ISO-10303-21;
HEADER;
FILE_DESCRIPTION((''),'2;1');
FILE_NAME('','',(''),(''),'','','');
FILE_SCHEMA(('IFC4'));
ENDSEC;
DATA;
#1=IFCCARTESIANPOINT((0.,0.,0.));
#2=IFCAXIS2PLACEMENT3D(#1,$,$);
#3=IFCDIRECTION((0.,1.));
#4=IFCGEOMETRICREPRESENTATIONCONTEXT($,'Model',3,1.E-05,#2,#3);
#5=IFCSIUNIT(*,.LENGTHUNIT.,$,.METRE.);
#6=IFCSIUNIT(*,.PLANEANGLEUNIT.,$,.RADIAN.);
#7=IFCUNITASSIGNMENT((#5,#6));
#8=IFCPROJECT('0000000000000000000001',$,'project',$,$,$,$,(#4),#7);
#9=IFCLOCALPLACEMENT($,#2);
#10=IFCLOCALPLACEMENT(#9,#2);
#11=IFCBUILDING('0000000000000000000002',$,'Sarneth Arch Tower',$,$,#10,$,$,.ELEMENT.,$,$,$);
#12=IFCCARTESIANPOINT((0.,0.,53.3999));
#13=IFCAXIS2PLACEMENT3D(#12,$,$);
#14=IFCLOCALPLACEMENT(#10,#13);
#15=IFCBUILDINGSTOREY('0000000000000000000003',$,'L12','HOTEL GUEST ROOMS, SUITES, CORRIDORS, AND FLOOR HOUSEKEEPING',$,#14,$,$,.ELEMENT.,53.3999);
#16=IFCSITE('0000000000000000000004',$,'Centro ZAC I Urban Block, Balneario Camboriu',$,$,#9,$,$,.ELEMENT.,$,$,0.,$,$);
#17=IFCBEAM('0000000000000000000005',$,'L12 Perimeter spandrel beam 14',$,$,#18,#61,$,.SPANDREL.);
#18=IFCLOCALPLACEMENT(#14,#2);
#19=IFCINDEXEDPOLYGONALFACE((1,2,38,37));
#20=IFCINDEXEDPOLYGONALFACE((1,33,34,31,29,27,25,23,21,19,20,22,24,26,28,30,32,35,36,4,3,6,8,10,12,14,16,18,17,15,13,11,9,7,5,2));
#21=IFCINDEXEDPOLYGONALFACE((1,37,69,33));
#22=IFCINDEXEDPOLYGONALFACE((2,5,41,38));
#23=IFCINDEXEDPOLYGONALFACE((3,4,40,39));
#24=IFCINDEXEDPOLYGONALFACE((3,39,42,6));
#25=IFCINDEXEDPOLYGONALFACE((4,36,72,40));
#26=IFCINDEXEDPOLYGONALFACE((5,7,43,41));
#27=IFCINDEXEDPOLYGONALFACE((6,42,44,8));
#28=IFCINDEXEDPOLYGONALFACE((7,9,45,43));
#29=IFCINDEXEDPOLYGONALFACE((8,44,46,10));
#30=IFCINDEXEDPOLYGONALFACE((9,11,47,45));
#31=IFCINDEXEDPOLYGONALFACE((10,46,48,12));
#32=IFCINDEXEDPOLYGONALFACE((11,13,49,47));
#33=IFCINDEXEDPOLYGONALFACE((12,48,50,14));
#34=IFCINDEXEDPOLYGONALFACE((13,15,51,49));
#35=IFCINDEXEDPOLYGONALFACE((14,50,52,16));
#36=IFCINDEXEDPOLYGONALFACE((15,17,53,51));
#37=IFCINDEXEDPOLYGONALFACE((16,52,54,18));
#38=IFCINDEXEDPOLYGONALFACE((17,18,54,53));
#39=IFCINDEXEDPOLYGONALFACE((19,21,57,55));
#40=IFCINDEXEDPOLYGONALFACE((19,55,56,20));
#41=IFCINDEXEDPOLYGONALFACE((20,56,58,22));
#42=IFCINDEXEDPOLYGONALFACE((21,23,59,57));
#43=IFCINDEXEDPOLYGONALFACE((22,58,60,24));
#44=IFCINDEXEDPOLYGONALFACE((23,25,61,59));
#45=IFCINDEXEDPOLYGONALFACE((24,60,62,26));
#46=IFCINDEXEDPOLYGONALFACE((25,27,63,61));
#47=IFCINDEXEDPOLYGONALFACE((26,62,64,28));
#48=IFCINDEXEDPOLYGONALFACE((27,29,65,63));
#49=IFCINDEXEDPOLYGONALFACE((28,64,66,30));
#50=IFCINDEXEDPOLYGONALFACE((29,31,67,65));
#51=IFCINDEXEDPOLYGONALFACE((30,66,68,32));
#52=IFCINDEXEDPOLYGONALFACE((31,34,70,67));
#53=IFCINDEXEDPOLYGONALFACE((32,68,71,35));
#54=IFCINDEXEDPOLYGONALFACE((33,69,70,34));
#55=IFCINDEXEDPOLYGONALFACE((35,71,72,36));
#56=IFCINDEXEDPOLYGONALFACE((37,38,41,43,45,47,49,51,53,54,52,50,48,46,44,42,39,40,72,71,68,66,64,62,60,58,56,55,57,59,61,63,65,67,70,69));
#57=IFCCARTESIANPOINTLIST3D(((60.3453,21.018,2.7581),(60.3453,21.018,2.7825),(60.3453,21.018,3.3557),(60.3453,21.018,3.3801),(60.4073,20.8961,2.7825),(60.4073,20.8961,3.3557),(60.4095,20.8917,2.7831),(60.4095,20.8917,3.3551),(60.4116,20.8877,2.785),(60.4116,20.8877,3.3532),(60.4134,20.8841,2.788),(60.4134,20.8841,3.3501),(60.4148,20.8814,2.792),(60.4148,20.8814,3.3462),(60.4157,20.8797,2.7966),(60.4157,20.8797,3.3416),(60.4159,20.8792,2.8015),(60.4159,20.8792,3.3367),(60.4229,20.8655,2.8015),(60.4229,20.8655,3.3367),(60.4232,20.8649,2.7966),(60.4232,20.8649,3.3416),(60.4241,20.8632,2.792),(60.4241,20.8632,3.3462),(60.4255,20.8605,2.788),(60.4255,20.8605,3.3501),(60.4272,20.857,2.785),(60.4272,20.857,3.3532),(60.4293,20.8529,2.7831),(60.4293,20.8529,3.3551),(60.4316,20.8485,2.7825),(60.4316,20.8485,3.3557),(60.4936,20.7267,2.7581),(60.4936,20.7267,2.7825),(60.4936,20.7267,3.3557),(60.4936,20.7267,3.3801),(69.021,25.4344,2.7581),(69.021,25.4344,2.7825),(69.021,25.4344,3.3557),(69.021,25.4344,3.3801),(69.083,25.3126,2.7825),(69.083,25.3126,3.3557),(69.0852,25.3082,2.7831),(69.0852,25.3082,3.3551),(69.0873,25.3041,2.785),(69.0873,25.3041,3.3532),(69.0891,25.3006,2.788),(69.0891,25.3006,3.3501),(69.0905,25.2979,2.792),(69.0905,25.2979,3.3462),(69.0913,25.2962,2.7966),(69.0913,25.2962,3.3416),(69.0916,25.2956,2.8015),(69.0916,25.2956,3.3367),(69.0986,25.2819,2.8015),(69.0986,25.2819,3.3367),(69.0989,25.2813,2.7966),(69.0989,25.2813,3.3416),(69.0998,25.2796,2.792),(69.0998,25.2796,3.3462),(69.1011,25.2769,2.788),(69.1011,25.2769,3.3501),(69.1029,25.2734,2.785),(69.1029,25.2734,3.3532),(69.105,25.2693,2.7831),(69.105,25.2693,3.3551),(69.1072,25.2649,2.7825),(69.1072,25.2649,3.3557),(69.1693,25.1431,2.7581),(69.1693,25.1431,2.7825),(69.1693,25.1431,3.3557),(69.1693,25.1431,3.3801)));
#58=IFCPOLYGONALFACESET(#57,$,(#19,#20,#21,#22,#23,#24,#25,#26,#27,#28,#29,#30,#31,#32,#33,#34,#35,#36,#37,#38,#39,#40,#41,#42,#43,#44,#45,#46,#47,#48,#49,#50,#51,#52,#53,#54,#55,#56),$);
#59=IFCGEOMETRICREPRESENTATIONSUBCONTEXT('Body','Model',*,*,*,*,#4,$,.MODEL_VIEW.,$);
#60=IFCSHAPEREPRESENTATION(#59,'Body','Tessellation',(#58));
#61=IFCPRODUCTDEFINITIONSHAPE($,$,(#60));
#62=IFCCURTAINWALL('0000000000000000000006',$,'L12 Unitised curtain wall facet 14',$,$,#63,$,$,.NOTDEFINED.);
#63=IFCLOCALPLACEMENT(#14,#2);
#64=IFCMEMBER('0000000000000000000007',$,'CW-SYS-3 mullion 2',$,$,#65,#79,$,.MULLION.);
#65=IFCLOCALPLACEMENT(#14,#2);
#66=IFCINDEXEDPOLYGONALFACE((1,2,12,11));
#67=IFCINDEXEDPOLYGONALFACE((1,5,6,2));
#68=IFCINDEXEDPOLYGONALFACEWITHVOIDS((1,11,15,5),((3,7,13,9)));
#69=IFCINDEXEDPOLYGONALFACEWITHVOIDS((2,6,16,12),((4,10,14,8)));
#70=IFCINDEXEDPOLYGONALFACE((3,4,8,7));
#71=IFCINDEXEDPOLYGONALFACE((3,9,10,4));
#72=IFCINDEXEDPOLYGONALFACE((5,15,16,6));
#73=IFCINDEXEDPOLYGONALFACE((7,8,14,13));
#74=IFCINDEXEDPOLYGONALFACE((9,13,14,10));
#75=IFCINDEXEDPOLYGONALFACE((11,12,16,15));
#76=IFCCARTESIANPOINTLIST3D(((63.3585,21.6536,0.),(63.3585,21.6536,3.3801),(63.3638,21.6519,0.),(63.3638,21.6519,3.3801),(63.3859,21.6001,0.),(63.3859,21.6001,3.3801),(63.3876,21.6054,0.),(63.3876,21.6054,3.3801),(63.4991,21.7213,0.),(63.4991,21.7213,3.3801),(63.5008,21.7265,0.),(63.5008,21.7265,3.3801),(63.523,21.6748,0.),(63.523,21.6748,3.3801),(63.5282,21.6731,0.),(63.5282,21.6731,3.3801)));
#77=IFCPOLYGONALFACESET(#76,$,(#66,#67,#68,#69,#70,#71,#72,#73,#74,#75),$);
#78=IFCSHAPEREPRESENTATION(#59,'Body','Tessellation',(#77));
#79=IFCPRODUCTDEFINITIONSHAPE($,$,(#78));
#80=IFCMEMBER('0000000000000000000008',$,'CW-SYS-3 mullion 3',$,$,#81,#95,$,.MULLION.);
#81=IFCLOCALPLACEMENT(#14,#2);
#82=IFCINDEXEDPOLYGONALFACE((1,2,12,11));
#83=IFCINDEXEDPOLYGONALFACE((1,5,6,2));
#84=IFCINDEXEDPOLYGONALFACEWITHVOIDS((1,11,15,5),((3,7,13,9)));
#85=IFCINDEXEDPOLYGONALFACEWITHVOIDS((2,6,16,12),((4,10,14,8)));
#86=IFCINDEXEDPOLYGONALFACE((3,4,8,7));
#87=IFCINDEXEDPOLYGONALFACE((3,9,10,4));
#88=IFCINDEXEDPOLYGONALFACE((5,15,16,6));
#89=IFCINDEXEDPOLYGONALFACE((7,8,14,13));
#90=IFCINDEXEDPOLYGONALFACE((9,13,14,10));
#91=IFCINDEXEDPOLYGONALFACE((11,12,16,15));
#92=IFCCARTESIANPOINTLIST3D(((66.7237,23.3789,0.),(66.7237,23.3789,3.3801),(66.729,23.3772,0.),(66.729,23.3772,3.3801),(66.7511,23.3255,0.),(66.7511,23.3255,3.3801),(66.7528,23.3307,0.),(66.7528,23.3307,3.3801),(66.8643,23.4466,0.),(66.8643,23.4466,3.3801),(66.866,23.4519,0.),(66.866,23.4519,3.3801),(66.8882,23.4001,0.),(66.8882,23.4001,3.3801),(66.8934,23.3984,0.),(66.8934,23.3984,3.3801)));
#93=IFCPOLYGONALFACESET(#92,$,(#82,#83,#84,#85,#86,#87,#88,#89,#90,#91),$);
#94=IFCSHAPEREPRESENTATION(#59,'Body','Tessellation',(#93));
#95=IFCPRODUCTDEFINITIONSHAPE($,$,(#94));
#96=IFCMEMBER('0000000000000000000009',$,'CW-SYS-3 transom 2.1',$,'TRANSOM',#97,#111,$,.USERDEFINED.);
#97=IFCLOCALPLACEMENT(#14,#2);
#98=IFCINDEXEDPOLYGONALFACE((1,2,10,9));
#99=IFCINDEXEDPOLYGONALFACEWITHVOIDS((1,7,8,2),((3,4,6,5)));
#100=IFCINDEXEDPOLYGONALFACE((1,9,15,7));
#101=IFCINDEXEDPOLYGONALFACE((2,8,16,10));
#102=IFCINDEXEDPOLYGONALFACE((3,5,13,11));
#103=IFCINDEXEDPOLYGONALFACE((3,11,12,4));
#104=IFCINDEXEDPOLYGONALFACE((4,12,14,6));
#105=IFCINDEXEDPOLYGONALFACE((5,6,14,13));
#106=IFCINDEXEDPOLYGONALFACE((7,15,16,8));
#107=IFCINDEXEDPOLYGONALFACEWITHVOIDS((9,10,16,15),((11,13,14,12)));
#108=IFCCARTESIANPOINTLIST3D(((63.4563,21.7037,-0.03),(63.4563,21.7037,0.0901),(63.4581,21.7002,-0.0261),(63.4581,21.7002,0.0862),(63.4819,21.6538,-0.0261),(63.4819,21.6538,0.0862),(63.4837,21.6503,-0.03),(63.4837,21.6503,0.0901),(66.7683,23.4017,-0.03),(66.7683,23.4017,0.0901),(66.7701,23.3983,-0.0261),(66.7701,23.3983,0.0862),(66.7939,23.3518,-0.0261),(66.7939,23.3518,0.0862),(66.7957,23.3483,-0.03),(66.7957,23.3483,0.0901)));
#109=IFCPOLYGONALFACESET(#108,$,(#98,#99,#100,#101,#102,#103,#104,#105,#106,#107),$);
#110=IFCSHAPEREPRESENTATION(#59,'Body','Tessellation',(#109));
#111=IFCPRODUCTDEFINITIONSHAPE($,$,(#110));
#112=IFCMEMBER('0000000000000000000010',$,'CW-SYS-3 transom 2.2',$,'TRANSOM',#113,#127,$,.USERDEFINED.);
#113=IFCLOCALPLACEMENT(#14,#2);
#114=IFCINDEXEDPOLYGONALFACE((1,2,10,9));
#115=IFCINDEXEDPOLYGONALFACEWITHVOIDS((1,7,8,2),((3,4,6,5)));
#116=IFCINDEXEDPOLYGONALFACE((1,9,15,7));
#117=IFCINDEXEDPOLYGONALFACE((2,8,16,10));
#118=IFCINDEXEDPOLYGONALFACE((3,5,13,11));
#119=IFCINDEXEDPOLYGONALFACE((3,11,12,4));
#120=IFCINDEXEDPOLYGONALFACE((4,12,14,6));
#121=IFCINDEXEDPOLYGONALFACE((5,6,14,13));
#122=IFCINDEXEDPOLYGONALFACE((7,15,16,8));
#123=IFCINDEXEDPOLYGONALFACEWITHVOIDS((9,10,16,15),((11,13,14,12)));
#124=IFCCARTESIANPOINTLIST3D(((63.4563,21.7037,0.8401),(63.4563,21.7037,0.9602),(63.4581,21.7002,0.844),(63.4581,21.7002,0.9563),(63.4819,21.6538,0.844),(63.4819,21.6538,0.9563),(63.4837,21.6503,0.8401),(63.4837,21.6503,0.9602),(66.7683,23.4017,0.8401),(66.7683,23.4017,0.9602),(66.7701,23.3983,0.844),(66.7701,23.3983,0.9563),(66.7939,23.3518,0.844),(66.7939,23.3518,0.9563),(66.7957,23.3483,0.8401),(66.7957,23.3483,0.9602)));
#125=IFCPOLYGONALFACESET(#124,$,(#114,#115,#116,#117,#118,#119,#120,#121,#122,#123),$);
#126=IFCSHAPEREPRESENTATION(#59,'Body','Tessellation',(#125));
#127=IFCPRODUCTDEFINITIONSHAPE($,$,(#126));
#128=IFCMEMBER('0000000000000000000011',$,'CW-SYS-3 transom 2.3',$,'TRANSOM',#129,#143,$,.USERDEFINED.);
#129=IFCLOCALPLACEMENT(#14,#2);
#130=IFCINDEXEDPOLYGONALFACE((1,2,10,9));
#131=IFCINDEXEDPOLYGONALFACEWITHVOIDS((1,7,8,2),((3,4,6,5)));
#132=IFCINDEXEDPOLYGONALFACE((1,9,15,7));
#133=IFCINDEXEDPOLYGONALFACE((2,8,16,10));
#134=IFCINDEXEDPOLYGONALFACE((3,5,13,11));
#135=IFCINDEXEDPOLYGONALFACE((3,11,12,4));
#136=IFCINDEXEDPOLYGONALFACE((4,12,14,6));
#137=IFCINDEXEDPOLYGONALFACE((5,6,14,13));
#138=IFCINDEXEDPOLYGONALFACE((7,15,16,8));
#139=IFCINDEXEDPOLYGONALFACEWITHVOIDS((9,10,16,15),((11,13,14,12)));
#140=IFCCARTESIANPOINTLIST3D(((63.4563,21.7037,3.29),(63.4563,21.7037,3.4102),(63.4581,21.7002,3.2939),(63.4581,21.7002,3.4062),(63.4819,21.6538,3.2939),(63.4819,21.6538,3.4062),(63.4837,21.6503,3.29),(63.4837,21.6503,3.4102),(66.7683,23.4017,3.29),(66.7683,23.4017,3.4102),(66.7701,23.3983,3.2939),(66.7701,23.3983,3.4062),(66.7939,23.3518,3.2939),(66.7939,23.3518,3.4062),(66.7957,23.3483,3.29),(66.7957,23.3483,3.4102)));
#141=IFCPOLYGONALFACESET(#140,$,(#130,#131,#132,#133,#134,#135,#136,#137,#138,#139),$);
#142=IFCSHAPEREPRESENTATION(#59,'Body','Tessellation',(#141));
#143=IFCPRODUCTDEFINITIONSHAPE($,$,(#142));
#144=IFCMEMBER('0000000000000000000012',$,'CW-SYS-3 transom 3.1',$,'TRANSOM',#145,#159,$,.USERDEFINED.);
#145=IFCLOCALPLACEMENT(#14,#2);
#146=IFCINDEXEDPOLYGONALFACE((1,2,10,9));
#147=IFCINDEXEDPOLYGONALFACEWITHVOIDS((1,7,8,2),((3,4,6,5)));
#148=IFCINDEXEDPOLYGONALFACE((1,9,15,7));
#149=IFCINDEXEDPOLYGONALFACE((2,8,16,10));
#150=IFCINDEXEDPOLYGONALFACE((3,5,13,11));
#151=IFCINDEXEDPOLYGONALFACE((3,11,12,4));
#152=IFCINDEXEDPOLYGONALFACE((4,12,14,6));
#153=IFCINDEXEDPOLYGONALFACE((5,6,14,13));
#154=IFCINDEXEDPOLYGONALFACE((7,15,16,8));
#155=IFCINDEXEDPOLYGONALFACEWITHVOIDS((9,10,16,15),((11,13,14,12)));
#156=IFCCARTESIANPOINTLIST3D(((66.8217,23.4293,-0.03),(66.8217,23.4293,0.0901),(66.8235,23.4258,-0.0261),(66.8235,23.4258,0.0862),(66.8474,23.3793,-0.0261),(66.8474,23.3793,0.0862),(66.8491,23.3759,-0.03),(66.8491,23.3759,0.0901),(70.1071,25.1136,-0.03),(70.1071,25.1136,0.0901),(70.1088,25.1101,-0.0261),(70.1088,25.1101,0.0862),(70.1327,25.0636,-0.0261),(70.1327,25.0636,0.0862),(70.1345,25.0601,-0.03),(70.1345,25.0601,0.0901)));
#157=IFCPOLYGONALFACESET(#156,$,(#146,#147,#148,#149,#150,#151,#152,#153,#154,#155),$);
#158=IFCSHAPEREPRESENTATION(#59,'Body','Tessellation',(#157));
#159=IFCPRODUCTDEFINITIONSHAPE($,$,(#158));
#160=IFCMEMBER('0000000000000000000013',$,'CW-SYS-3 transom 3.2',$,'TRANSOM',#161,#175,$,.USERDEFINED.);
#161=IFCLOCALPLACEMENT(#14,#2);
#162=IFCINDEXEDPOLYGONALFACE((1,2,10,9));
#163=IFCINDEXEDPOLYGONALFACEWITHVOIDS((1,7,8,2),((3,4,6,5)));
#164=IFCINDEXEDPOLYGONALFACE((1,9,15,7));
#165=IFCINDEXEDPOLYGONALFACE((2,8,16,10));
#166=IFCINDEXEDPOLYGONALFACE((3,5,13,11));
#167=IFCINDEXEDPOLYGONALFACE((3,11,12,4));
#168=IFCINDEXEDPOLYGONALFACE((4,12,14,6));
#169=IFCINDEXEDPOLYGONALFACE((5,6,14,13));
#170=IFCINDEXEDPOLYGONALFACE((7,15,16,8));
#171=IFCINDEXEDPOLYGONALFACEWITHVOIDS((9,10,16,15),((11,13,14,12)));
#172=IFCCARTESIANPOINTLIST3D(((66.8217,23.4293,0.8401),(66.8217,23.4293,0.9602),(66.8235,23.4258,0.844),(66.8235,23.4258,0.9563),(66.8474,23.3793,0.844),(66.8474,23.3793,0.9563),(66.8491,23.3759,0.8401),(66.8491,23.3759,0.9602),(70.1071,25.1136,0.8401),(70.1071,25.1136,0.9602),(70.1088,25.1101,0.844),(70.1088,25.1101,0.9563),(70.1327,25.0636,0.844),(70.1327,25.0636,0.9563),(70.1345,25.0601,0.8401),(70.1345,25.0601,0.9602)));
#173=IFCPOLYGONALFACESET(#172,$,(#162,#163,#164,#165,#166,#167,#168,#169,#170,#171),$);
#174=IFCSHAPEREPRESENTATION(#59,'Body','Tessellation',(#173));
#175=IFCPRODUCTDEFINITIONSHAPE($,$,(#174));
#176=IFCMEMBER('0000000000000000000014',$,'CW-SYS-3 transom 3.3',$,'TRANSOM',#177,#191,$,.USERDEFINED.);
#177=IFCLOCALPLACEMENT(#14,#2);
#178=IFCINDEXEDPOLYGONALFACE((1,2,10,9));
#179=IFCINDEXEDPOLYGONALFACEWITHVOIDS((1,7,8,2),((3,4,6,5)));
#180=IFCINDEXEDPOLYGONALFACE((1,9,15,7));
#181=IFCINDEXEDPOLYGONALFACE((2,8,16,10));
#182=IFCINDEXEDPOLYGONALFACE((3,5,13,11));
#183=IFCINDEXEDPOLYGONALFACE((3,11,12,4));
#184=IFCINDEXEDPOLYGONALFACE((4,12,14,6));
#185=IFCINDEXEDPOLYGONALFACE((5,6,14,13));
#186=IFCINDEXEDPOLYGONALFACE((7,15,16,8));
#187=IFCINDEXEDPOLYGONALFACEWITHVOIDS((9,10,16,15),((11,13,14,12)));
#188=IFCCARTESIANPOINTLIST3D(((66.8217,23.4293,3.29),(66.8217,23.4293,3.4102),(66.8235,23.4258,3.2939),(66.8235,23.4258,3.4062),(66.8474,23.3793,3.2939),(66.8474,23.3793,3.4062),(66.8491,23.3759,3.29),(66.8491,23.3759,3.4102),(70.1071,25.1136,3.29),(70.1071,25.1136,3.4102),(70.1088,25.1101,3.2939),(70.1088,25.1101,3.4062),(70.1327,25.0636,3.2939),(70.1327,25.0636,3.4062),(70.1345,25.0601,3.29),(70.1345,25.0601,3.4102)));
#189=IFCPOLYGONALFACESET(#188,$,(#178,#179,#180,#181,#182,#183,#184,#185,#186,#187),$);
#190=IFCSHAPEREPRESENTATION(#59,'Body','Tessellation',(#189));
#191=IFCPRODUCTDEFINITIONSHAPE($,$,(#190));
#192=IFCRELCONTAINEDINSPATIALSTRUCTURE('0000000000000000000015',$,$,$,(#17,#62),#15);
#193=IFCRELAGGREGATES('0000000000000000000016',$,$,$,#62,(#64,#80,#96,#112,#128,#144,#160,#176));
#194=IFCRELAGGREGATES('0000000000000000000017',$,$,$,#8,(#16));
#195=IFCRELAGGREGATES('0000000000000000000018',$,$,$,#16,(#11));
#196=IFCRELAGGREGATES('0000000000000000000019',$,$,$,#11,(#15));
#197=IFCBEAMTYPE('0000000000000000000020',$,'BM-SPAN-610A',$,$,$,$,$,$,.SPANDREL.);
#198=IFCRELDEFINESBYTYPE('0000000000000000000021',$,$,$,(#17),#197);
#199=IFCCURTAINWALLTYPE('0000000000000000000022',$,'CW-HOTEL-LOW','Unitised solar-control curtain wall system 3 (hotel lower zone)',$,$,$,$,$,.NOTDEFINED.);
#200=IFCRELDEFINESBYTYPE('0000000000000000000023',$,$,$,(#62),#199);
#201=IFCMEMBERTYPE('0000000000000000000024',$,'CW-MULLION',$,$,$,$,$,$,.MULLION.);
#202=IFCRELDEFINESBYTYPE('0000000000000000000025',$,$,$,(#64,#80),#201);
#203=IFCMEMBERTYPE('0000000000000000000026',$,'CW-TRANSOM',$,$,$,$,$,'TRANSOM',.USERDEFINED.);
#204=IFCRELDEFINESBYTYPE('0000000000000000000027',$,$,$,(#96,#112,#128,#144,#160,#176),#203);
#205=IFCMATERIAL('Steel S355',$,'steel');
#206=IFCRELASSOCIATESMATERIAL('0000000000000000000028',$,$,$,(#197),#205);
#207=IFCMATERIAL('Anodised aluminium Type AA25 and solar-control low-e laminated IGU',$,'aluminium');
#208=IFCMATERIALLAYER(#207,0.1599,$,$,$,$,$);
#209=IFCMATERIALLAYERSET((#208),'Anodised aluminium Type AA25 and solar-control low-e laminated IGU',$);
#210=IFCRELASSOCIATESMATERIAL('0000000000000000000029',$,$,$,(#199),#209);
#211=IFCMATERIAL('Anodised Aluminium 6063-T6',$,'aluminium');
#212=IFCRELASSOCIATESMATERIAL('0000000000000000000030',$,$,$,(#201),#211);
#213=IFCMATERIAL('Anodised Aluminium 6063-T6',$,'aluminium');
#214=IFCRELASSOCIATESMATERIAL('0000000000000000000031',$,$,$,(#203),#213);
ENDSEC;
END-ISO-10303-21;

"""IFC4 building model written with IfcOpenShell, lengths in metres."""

from ifc_helpers import new_model, si_unit, direction, frame, origin, origin_2d, place, context, subcontext, project, spatial, hollow_rectangle, i_section, extrude, material, layer, layer_set, material_profile, profile_set, type_object, element, aggregate, save


model = new_model("IFC4")

# Units and contexts
model_context = context("Model", 3, precision=1e-05, world=origin(), true_north=direction((0.0, 1.0)))
body_context = subcontext(model_context, "Body", "Model", "MODEL_VIEW")
ifc_project = project(units=[si_unit("LENGTHUNIT", "METRE"), si_unit("PLANEANGLEUNIT", "RADIAN")], contexts=[model_context])

# Site, building, storey
site_placement = place(None, origin())
site = spatial("IfcSite", under=ifc_project, at=site_placement, Name="Centro ZAC I Urban Block, Balneario Camboriu", CompositionType="ELEMENT", RefElevation=0.0)
building_placement = place(site_placement, origin())
building = spatial("IfcBuilding", under=site, at=building_placement, Name="Sarneth Arch Tower", CompositionType="ELEMENT")
storey_placement = place(building_placement, frame((0.0, 0.0, 53.3999)))
storey = spatial("IfcBuildingStorey", under=building, at=storey_placement, Name="L12", Description="HOTEL GUEST ROOMS, SUITES, CORRIDORS, AND FLOOR HOUSEKEEPING", CompositionType="ELEMENT", Elevation=53.3999)

# Beam
ifc_material_1 = material(Name="Steel S355", Category="steel")
ifc_material_profile_1 = material_profile(ifc_material_1, i_section(OverallWidth=0.3269, OverallDepth=0.6221, WebThickness=0.0154, FlangeThickness=0.0244, FilletRadius=0.019, at=origin_2d()), Name="W610x195")
ifc_profile_set_1 = profile_set([ifc_material_profile_1], Name="Steel S355")
beam_type = type_object("IfcBeamType", Name="BM-SPAN-610A", PredefinedType="SPANDREL", material=ifc_profile_set_1)
beam_placement = place(storey_placement, frame((60.4194, 20.8723, 3.0691), z_axis=(0.891174, 0.453662, 0.0), x_axis=(-0.453662, 0.891174, 0.0)))
element("IfcBeam", 1, at=beam_placement, inside=storey, type_object=beam_type, Name="L12 Perimeter spandrel beam 14", PredefinedType="SPANDREL", context=body_context, shape_type="SweptSolid", body=[
    extrude(i_section(OverallWidth=0.3269, OverallDepth=0.6221, WebThickness=0.0154, FlangeThickness=0.0244, FilletRadius=0.019, at=origin_2d()), origin(), (0.0, 0.0, 1.0), 9.7351),
])

# Curtain wall, members
ifc_material_2 = material(Name="Anodised aluminium Type AA25 and solar-control low-e laminated IGU", Category="aluminium")
ifc_layer_1 = layer(ifc_material_2, 0.1599)
ifc_layer_set_1 = layer_set([ifc_layer_1], Name="Anodised aluminium Type AA25 and solar-control low-e laminated IGU")
curtain_wall_type = type_object("IfcCurtainWallType", Name="CW-HOTEL-LOW", Description="Unitised solar-control curtain wall system 3 (hotel lower zone)", PredefinedType="NOTDEFINED", material=ifc_layer_set_1)
curtain_wall_placement = place(storey_placement, origin())
curtain_wall = element("IfcCurtainWall", 2, at=curtain_wall_placement, inside=storey, type_object=curtain_wall_type, Name="L12 Unitised curtain wall facet 14", PredefinedType="NOTDEFINED")
ifc_material_3 = material(Name="Anodised Aluminium 6063-T6", Category="aluminium")
ifc_material_profile_2 = material_profile(ifc_material_3, hollow_rectangle(XDim=0.0601, YDim=0.1599, WallThickness=0.0039, at=origin_2d()), Name="AL-MULL-160x60x4")
ifc_profile_set_2 = profile_set([ifc_material_profile_2], Name="Anodised Aluminium 6063-T6")
member_type_1 = type_object("IfcMemberType", Name="CW-MULLION", PredefinedType="MULLION", material=ifc_profile_set_2)
member_1_placement = place(storey_placement, frame((63.4434, 21.6633, 0.0), z_axis=(0.0, 0.0, 1.0), x_axis=(-0.456245, 0.889854, 0.0)))
member_1 = element("IfcMember", 3, at=member_1_placement, type_object=member_type_1, Name="CW-SYS-3 mullion 2", PredefinedType="MULLION", context=body_context, shape_type="SweptSolid", body=[
    extrude(hollow_rectangle(XDim=0.0601, YDim=0.1599, WallThickness=0.0039, at=origin_2d()), origin(), (0.0, 0.0, 1.0), 3.3801),
])
member_2_placement = place(storey_placement, frame((66.8086, 23.3887, 0.0), z_axis=(0.0, 0.0, 1.0), x_axis=(-0.456245, 0.889854, 0.0)))
member_2 = element("IfcMember", 4, at=member_2_placement, type_object=member_type_1, Name="CW-SYS-3 mullion 3", PredefinedType="MULLION", context=body_context, shape_type="SweptSolid", body=[
    extrude(hollow_rectangle(XDim=0.0601, YDim=0.1599, WallThickness=0.0039, at=origin_2d()), origin(), (0.0, 0.0, 1.0), 3.3801),
])
ifc_material_4 = material(Name="Anodised Aluminium 6063-T6", Category="aluminium")
ifc_material_profile_3 = material_profile(ifc_material_4, hollow_rectangle(XDim=0.0601, YDim=0.1201, WallThickness=0.0039, at=origin_2d()), Name="AL-TRAN-120x60x4")
ifc_profile_set_3 = profile_set([ifc_material_profile_3], Name="Anodised Aluminium 6063-T6")
member_type_2 = type_object("IfcMemberType", Name="CW-TRANSOM", ElementType="TRANSOM", PredefinedType="USERDEFINED", material=ifc_profile_set_3)
member_3_placement = place(storey_placement, frame((63.47, 21.677, 0.03), z_axis=(0.889869, 0.456217, 0.0), x_axis=(-0.456217, 0.889869, 0.0)))
member_3 = element("IfcMember", 5, at=member_3_placement, type_object=member_type_2, Name="CW-SYS-3 transom 2.1", ObjectType="TRANSOM", PredefinedType="USERDEFINED", context=body_context, shape_type="SweptSolid", body=[
    extrude(hollow_rectangle(XDim=0.0601, YDim=0.1201, WallThickness=0.0039, at=origin_2d()), origin(), (0.0, 0.0, 1.0), 3.7219),
])
member_4_placement = place(storey_placement, frame((63.47, 21.677, 0.9001), z_axis=(0.889869, 0.456217, 0.0), x_axis=(-0.456217, 0.889869, 0.0)))
member_4 = element("IfcMember", 6, at=member_4_placement, type_object=member_type_2, Name="CW-SYS-3 transom 2.2", ObjectType="TRANSOM", PredefinedType="USERDEFINED", context=body_context, shape_type="SweptSolid", body=[
    extrude(hollow_rectangle(XDim=0.0601, YDim=0.1201, WallThickness=0.0039, at=origin_2d()), origin(), (0.0, 0.0, 1.0), 3.7219),
])
member_5_placement = place(storey_placement, frame((63.47, 21.677, 3.3501), z_axis=(0.889869, 0.456217, 0.0), x_axis=(-0.456217, 0.889869, 0.0)))
member_5 = element("IfcMember", 7, at=member_5_placement, type_object=member_type_2, Name="CW-SYS-3 transom 2.3", ObjectType="TRANSOM", PredefinedType="USERDEFINED", context=body_context, shape_type="SweptSolid", body=[
    extrude(hollow_rectangle(XDim=0.0601, YDim=0.1201, WallThickness=0.0039, at=origin_2d()), origin(), (0.0, 0.0, 1.0), 3.7219),
])
member_6_placement = place(storey_placement, frame((66.8354, 23.4026, 0.03), z_axis=(0.889872, 0.456211, 0.0), x_axis=(-0.456211, 0.889872, 0.0)))
member_6 = element("IfcMember", 8, at=member_6_placement, type_object=member_type_2, Name="CW-SYS-3 transom 3.1", ObjectType="TRANSOM", PredefinedType="USERDEFINED", context=body_context, shape_type="SweptSolid", body=[
    extrude(hollow_rectangle(XDim=0.0601, YDim=0.1201, WallThickness=0.0039, at=origin_2d()), origin(), (0.0, 0.0, 1.0), 3.6919),
])
member_7_placement = place(storey_placement, frame((66.8354, 23.4026, 0.9001), z_axis=(0.889872, 0.456211, 0.0), x_axis=(-0.456211, 0.889872, 0.0)))
member_7 = element("IfcMember", 9, at=member_7_placement, type_object=member_type_2, Name="CW-SYS-3 transom 3.2", ObjectType="TRANSOM", PredefinedType="USERDEFINED", context=body_context, shape_type="SweptSolid", body=[
    extrude(hollow_rectangle(XDim=0.0601, YDim=0.1201, WallThickness=0.0039, at=origin_2d()), origin(), (0.0, 0.0, 1.0), 3.6919),
])
member_8_placement = place(storey_placement, frame((66.8354, 23.4026, 3.3501), z_axis=(0.889872, 0.456211, 0.0), x_axis=(-0.456211, 0.889872, 0.0)))
member_8 = element("IfcMember", 10, at=member_8_placement, type_object=member_type_2, Name="CW-SYS-3 transom 3.3", ObjectType="TRANSOM", PredefinedType="USERDEFINED", context=body_context, shape_type="SweptSolid", body=[
    extrude(hollow_rectangle(XDim=0.0601, YDim=0.1201, WallThickness=0.0039, at=origin_2d()), origin(), (0.0, 0.0, 1.0), 3.6919),
])
aggregate(curtain_wall, [member_1, member_2, member_3, member_4, member_5, member_6, member_7, member_8])

save(model, "model.ifc")
